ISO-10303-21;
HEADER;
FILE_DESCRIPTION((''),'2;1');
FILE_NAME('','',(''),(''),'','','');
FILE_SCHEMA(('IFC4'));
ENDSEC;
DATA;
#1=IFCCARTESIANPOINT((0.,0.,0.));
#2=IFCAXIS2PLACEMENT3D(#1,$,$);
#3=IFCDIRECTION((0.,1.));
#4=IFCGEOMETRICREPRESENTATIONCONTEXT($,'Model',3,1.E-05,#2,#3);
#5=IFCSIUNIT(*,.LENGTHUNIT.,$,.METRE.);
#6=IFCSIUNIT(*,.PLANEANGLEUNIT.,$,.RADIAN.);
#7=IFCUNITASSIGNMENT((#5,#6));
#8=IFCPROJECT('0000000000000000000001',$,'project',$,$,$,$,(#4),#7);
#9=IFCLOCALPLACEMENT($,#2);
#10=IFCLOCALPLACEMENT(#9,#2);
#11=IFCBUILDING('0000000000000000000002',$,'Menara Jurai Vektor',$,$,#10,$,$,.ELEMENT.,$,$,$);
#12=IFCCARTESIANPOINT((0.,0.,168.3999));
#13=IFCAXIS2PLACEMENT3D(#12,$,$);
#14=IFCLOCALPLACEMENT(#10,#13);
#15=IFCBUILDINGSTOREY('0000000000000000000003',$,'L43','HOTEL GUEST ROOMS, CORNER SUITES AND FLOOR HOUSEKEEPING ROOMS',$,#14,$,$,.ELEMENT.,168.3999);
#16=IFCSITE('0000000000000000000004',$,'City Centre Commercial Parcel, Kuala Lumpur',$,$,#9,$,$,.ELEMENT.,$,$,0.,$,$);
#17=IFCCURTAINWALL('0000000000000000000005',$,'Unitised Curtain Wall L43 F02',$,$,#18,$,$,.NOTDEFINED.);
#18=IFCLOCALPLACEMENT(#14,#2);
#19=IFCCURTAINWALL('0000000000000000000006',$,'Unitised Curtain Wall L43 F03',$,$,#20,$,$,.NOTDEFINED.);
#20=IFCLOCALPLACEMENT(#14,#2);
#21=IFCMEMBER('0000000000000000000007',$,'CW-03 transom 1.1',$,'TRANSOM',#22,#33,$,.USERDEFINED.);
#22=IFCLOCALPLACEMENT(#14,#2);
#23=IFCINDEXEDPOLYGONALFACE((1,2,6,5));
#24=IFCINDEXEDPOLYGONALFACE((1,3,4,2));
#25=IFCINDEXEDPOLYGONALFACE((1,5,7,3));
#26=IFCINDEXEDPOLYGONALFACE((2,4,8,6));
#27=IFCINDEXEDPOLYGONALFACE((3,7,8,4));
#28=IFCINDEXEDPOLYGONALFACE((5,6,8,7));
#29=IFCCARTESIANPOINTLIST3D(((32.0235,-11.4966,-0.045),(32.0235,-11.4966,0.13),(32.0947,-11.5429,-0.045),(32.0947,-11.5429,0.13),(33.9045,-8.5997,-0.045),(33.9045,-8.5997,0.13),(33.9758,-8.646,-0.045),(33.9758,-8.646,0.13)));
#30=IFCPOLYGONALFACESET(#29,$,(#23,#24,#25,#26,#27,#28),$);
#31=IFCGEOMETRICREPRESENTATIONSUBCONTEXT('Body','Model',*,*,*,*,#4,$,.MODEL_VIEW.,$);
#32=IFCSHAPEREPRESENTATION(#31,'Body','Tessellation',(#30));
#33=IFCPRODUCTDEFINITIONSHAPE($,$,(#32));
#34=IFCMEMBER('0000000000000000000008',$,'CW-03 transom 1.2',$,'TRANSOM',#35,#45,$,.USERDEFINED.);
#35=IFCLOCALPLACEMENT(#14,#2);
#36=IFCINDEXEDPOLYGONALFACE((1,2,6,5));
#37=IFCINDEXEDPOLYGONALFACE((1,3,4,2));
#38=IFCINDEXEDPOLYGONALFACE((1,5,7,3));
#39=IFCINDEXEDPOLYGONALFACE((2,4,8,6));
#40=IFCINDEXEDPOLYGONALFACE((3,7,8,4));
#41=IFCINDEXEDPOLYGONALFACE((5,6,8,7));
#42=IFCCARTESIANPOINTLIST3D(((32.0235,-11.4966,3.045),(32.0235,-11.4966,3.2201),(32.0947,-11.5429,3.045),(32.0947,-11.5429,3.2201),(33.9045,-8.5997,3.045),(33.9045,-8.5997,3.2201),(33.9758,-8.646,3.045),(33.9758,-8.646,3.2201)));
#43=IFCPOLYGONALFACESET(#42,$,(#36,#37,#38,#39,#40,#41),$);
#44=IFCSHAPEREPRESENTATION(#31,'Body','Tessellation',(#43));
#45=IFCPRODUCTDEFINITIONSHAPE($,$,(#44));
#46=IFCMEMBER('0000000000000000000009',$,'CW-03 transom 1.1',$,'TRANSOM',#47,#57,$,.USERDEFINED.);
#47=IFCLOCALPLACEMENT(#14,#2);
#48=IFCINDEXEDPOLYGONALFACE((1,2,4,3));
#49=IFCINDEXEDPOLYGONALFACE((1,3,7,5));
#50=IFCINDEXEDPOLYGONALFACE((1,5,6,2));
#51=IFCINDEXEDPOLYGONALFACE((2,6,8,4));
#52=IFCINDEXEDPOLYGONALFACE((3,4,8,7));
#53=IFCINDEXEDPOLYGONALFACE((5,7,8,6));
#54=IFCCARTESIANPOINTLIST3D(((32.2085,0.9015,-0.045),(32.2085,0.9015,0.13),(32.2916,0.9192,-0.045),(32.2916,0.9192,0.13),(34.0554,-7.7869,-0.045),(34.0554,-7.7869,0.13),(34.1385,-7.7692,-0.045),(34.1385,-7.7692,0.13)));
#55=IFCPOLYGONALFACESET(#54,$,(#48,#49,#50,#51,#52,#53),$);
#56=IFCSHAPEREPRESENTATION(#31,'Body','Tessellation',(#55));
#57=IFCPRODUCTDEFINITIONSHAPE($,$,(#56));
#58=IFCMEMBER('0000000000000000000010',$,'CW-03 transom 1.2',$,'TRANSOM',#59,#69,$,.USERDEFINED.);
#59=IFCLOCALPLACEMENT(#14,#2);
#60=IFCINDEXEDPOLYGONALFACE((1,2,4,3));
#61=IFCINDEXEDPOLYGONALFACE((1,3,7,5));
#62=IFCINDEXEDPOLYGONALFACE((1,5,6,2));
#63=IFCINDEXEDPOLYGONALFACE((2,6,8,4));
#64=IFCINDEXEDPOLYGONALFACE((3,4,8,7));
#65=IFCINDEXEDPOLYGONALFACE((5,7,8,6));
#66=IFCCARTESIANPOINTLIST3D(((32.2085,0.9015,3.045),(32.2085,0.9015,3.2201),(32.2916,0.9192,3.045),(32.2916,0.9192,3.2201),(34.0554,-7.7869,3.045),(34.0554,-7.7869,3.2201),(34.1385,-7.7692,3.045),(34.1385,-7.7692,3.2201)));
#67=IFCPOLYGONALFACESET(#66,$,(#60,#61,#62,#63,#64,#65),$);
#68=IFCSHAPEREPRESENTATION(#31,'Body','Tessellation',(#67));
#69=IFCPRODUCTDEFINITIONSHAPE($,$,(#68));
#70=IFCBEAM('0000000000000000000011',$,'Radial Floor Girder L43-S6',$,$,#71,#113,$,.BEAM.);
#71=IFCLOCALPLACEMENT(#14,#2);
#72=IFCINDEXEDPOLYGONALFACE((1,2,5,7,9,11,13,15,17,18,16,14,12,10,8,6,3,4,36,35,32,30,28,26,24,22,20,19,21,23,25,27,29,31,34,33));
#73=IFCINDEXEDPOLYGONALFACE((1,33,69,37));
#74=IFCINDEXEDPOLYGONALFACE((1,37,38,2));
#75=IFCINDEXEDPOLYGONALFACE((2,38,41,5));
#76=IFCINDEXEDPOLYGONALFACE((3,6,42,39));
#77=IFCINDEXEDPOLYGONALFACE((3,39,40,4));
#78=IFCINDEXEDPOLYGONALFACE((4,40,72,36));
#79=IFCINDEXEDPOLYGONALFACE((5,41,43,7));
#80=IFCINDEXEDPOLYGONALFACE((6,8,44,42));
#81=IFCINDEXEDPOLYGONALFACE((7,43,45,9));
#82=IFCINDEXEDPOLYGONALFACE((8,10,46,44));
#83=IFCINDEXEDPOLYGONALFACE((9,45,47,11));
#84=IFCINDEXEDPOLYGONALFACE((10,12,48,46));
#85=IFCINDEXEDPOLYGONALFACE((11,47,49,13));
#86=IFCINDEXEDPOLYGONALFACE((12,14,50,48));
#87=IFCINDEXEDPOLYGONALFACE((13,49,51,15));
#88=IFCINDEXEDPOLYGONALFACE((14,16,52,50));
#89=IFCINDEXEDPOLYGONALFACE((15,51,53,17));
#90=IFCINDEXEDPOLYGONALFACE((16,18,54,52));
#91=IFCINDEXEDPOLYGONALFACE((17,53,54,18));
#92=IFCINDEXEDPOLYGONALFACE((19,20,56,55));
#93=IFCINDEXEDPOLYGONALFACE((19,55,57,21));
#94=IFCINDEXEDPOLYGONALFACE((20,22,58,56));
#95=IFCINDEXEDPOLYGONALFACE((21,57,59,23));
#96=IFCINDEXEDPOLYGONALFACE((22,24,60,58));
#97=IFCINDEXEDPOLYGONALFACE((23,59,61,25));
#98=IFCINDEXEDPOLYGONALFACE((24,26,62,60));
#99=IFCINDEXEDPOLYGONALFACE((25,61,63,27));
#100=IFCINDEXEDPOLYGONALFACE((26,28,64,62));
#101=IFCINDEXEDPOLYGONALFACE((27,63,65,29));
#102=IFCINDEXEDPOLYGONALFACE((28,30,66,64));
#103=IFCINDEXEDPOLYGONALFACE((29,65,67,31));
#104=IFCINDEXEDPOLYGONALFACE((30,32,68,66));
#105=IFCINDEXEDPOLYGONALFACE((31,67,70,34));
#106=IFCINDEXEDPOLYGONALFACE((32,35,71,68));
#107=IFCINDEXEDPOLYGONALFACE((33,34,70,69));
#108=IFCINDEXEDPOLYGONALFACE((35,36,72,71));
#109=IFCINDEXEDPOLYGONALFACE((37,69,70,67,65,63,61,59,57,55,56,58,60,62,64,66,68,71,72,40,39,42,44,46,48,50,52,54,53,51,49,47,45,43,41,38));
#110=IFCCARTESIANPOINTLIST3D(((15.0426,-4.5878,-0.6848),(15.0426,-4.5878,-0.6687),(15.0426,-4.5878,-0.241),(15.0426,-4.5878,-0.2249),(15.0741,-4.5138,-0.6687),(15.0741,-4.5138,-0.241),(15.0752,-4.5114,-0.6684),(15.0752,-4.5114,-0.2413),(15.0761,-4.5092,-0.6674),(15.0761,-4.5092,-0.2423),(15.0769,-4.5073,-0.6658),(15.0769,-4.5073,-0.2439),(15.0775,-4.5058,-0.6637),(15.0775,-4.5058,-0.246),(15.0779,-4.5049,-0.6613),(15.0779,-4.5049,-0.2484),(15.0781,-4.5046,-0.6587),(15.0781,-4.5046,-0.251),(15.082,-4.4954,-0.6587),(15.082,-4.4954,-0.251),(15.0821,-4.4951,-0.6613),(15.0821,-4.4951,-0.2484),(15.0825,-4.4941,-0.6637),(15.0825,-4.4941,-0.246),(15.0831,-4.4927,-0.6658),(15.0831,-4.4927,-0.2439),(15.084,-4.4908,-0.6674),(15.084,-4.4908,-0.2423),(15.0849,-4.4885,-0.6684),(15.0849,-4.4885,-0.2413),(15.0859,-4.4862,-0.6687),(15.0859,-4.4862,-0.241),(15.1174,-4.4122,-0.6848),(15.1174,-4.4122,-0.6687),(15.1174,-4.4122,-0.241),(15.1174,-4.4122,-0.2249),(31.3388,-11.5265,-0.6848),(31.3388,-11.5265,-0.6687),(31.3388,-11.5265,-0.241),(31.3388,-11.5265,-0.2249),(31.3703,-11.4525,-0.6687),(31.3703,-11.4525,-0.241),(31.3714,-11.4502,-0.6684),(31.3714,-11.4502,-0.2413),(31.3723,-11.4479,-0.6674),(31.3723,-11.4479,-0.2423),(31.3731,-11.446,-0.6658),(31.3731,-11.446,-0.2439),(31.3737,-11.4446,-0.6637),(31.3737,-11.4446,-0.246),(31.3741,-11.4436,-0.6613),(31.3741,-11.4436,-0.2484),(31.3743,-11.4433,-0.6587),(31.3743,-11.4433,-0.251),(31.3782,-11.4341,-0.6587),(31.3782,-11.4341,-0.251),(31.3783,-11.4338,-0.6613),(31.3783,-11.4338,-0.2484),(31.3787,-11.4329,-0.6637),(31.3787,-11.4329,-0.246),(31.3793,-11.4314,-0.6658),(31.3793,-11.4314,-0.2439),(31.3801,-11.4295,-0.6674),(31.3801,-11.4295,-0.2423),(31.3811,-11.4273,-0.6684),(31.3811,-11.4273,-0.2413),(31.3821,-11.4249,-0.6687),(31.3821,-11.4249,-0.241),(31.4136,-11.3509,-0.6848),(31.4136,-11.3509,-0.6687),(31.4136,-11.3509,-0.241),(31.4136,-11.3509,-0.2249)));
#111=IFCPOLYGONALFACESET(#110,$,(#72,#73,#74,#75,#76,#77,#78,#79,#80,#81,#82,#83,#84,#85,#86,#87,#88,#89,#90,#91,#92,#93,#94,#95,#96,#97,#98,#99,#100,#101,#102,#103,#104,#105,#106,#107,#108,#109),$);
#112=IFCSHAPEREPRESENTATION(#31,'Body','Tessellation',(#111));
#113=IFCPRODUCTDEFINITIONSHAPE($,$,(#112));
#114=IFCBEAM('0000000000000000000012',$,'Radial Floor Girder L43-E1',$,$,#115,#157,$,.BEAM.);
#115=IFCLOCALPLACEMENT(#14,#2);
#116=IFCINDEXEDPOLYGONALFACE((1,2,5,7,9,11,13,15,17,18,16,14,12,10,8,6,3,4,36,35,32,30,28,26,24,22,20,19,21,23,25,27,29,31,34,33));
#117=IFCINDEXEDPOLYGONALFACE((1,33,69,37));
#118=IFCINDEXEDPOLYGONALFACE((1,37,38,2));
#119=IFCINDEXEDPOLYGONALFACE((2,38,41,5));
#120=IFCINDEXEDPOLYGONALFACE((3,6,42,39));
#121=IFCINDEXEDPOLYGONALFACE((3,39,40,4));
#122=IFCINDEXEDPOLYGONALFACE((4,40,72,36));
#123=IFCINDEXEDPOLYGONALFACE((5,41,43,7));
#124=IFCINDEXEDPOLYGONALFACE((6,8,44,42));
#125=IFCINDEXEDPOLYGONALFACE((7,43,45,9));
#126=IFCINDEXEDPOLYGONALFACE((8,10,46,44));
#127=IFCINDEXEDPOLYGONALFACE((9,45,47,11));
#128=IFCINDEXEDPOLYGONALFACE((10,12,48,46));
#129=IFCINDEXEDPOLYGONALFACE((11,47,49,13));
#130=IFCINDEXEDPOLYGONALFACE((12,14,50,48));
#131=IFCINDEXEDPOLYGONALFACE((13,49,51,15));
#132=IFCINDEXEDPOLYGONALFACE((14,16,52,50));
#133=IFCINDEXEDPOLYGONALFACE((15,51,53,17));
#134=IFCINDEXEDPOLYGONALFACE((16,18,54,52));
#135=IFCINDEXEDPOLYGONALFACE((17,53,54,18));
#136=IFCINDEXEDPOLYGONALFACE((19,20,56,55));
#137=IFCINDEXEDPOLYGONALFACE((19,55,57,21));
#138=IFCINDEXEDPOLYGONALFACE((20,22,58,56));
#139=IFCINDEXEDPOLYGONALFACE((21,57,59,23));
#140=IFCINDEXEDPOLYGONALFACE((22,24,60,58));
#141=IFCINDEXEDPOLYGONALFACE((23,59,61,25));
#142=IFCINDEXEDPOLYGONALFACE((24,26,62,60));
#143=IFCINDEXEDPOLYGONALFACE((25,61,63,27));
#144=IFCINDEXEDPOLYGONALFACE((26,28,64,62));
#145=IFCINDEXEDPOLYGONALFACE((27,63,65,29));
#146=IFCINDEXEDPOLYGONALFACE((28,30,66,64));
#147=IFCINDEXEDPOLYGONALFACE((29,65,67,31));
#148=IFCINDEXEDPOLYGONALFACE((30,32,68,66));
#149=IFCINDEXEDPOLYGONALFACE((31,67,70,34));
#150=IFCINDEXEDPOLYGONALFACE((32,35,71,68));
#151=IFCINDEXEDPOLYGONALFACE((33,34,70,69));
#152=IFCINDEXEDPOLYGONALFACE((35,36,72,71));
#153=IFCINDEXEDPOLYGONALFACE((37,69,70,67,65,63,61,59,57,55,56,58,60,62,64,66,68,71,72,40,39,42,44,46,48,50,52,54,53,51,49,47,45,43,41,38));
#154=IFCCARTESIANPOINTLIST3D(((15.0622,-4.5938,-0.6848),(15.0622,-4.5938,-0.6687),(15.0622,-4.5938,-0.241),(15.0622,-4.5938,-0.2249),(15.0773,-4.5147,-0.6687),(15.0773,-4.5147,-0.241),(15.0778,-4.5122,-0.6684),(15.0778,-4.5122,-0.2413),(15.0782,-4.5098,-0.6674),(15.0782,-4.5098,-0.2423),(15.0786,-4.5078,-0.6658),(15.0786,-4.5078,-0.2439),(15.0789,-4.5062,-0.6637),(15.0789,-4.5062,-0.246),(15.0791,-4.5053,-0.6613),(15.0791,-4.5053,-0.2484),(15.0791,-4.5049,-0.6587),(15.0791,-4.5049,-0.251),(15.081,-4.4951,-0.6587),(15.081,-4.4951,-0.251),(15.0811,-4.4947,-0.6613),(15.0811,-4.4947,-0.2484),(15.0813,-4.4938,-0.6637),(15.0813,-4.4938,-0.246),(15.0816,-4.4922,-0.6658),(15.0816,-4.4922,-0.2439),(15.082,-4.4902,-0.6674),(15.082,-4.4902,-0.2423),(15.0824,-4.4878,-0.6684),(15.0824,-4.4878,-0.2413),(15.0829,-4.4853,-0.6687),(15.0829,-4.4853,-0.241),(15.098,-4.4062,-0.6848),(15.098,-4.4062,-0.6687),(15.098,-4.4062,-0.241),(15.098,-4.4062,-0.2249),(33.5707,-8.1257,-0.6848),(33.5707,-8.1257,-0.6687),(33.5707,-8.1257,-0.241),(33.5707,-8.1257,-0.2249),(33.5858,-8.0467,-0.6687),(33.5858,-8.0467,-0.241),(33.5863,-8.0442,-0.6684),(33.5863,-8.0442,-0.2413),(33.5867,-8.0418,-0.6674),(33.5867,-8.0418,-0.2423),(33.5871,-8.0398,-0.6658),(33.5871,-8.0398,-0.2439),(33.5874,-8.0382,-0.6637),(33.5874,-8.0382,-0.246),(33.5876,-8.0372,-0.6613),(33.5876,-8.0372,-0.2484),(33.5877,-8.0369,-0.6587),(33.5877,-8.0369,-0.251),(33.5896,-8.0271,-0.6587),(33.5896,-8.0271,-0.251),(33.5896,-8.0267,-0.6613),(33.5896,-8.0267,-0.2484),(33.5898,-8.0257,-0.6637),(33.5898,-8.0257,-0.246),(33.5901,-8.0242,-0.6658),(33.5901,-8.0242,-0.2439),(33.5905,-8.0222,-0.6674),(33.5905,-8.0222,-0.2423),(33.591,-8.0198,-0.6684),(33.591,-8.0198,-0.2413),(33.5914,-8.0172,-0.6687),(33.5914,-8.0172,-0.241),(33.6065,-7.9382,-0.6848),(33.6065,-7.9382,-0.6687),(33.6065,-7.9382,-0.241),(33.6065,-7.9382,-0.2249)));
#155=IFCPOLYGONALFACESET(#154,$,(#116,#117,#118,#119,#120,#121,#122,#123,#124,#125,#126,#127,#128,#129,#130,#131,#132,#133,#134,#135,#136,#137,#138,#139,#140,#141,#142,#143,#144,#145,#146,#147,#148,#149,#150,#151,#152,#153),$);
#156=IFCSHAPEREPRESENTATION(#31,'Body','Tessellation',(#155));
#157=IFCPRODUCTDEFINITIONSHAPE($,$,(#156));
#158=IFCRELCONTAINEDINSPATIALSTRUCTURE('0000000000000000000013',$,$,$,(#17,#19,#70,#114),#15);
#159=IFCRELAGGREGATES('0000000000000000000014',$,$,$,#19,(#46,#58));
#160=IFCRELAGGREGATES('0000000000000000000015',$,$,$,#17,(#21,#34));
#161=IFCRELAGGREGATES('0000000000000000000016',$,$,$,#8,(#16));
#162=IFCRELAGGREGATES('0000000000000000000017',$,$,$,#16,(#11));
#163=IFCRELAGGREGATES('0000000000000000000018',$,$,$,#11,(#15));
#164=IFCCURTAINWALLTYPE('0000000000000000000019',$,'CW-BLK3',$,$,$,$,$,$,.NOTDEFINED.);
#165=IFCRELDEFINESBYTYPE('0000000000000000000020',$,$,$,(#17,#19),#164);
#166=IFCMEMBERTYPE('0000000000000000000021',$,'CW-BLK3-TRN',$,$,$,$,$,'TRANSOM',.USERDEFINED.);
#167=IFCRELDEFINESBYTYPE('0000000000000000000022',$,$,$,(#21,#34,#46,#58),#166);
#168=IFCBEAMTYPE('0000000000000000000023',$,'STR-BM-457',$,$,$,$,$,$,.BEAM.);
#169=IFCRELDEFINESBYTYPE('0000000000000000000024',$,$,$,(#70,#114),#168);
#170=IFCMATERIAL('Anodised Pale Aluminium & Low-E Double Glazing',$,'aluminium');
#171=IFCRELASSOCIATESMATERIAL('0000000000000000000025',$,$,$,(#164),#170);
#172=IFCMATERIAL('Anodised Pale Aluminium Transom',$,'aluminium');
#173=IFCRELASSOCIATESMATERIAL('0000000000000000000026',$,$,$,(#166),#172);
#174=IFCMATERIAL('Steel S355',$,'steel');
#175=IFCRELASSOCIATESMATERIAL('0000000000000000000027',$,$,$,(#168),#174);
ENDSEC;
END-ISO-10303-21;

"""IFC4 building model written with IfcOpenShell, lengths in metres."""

from ifc_helpers import new_model, si_unit, direction, frame, origin, origin_2d, place, context, subcontext, project, spatial, rectangle, i_section, extrude, material, material_profile, profile_set, type_object, element, aggregate, save


model = new_model("IFC4")

# Units and contexts
model_context = context("Model", 3, precision=1e-05, world=origin(), true_north=direction((0.0, 1.0)))
body_context = subcontext(model_context, "Body", "Model", "MODEL_VIEW")
ifc_project = project(units=[si_unit("LENGTHUNIT", "METRE"), si_unit("PLANEANGLEUNIT", "RADIAN")], contexts=[model_context])

# Site, building, storey
site_placement = place(None, origin())
site = spatial("IfcSite", under=ifc_project, at=site_placement, Name="City Centre Commercial Parcel, Kuala Lumpur", CompositionType="ELEMENT", RefElevation=0.0)
building_placement = place(site_placement, origin())
building = spatial("IfcBuilding", under=site, at=building_placement, Name="Menara Jurai Vektor", CompositionType="ELEMENT")
storey_placement = place(building_placement, frame((0.0, 0.0, 168.3999)))
storey = spatial("IfcBuildingStorey", under=building, at=storey_placement, Name="L43", Description="HOTEL GUEST ROOMS, CORNER SUITES AND FLOOR HOUSEKEEPING ROOMS", CompositionType="ELEMENT", Elevation=168.3999)

# Curtain wall
ifc_material_1 = material(Name="Anodised Pale Aluminium & Low-E Double Glazing", Category="aluminium")
curtain_wall_type = type_object("IfcCurtainWallType", Name="CW-BLK3", PredefinedType="NOTDEFINED", material=ifc_material_1)
curtain_wall_1_placement = place(storey_placement, origin())
curtain_wall_1 = element("IfcCurtainWall", 1, at=curtain_wall_1_placement, inside=storey, type_object=curtain_wall_type, Name="Unitised Curtain Wall L43 F02", PredefinedType="NOTDEFINED")

# Curtain wall
curtain_wall_2_placement = place(storey_placement, origin())
curtain_wall_2 = element("IfcCurtainWall", 2, at=curtain_wall_2_placement, inside=storey, type_object=curtain_wall_type, Name="Unitised Curtain Wall L43 F03", PredefinedType="NOTDEFINED")

# Members
ifc_material_2 = material(Name="Anodised Pale Aluminium Transom", Category="aluminium")
ifc_material_profile_1 = material_profile(ifc_material_2, rectangle(XDim=0.085, YDim=0.175, at=origin_2d()), Name="ALU TRN 85x175")
ifc_profile_set_1 = profile_set([ifc_material_profile_1], Name="Anodised Pale Aluminium Transom")
member_type_1 = type_object("IfcMemberType", Name="CW-BLK3-TRN", ElementType="TRANSOM", PredefinedType="USERDEFINED", material=ifc_profile_set_1)
member_1_placement = place(storey_placement, frame((32.0591, -11.5198, 0.0425), z_axis=(0.544596, 0.838699, 0.0), x_axis=(-0.838699, 0.544596, 0.0)))
member_1 = element("IfcMember", 3, at=member_1_placement, type_object=member_type_1, Name="CW-03 transom 1.1", ObjectType="TRANSOM", PredefinedType="USERDEFINED", context=body_context, shape_type="SweptSolid", body=[
    extrude(rectangle(XDim=0.085, YDim=0.175, at=origin_2d()), origin(), (0.0, 0.0, 1.0), 3.4541),
])
member_2_placement = place(storey_placement, frame((32.0591, -11.5198, 3.1326), z_axis=(0.544596, 0.838699, 0.0), x_axis=(-0.838699, 0.544596, 0.0)))
member_2 = element("IfcMember", 4, at=member_2_placement, type_object=member_type_1, Name="CW-03 transom 1.2", ObjectType="TRANSOM", PredefinedType="USERDEFINED", context=body_context, shape_type="SweptSolid", body=[
    extrude(rectangle(XDim=0.085, YDim=0.175, at=origin_2d()), origin(), (0.0, 0.0, 1.0), 3.4541),
])
member_3_placement = place(storey_placement, frame((34.0969, -7.7781, 0.0425), z_axis=(-0.207926, 0.978145, 0.0), x_axis=(-0.978145, -0.207926, 0.0)))
member_3 = element("IfcMember", 5, at=member_3_placement, type_object=member_type_1, Name="CW-03 transom 1.1", ObjectType="TRANSOM", PredefinedType="USERDEFINED", context=body_context, shape_type="SweptSolid", body=[
    extrude(rectangle(XDim=0.085, YDim=0.175, at=origin_2d()), origin(), (0.0, 0.0, 1.0), 8.8826),
])
member_4_placement = place(storey_placement, frame((34.0969, -7.7781, 3.1326), z_axis=(-0.207926, 0.978145, 0.0), x_axis=(-0.978145, -0.207926, 0.0)))
member_4 = element("IfcMember", 6, at=member_4_placement, type_object=member_type_1, Name="CW-03 transom 1.2", ObjectType="TRANSOM", PredefinedType="USERDEFINED", context=body_context, shape_type="SweptSolid", body=[
    extrude(rectangle(XDim=0.085, YDim=0.175, at=origin_2d()), origin(), (0.0, 0.0, 1.0), 8.8826),
])

# Beams
ifc_material_3 = material(Name="Steel S355", Category="steel")
ifc_material_profile_2 = material_profile(ifc_material_3, i_section(OverallWidth=0.1909, OverallDepth=0.46, WebThickness=0.01, FlangeThickness=0.0161, FilletRadius=0.01, at=origin_2d()), Name="UKB 457x191x82")
ifc_profile_set_2 = profile_set([ifc_material_profile_2], Name="Steel S355")
beam_type_1 = type_object("IfcBeamType", Name="STR-BM-457", PredefinedType="BEAM", material=ifc_profile_set_2)
beam_1_placement = place(storey_placement, frame((31.3762, -11.4387, -0.4548), z_axis=(-0.920069, 0.391756, 0.0), x_axis=(-0.391756, -0.920069, 0.0)))
element("IfcBeam", 7, at=beam_1_placement, inside=storey, type_object=beam_type_1, Name="Radial Floor Girder L43-S6", PredefinedType="BEAM", context=body_context, shape_type="SweptSolid", body=[
    extrude(i_section(OverallWidth=0.1909, OverallDepth=0.46, WebThickness=0.01, FlangeThickness=0.0161, FilletRadius=0.01, at=origin_2d()), origin(), (0.0, 0.0, 1.0), 17.7119),
])
beam_2_placement = place(storey_placement, frame((33.5886, -8.032, -0.4548), z_axis=(-0.982275, 0.187447, 0.0), x_axis=(-0.187447, -0.982275, 0.0)))
element("IfcBeam", 8, at=beam_2_placement, inside=storey, type_object=beam_type_1, Name="Radial Floor Girder L43-E1", PredefinedType="BEAM", context=body_context, shape_type="SweptSolid", body=[
    extrude(i_section(OverallWidth=0.1909, OverallDepth=0.46, WebThickness=0.01, FlangeThickness=0.0161, FilletRadius=0.01, at=origin_2d()), origin(), (0.0, 0.0, 1.0), 18.8425),
])

aggregate(curtain_wall_2, [member_3, member_4])
aggregate(curtain_wall_1, [member_1, member_2])

save(model, "model.ifc")
